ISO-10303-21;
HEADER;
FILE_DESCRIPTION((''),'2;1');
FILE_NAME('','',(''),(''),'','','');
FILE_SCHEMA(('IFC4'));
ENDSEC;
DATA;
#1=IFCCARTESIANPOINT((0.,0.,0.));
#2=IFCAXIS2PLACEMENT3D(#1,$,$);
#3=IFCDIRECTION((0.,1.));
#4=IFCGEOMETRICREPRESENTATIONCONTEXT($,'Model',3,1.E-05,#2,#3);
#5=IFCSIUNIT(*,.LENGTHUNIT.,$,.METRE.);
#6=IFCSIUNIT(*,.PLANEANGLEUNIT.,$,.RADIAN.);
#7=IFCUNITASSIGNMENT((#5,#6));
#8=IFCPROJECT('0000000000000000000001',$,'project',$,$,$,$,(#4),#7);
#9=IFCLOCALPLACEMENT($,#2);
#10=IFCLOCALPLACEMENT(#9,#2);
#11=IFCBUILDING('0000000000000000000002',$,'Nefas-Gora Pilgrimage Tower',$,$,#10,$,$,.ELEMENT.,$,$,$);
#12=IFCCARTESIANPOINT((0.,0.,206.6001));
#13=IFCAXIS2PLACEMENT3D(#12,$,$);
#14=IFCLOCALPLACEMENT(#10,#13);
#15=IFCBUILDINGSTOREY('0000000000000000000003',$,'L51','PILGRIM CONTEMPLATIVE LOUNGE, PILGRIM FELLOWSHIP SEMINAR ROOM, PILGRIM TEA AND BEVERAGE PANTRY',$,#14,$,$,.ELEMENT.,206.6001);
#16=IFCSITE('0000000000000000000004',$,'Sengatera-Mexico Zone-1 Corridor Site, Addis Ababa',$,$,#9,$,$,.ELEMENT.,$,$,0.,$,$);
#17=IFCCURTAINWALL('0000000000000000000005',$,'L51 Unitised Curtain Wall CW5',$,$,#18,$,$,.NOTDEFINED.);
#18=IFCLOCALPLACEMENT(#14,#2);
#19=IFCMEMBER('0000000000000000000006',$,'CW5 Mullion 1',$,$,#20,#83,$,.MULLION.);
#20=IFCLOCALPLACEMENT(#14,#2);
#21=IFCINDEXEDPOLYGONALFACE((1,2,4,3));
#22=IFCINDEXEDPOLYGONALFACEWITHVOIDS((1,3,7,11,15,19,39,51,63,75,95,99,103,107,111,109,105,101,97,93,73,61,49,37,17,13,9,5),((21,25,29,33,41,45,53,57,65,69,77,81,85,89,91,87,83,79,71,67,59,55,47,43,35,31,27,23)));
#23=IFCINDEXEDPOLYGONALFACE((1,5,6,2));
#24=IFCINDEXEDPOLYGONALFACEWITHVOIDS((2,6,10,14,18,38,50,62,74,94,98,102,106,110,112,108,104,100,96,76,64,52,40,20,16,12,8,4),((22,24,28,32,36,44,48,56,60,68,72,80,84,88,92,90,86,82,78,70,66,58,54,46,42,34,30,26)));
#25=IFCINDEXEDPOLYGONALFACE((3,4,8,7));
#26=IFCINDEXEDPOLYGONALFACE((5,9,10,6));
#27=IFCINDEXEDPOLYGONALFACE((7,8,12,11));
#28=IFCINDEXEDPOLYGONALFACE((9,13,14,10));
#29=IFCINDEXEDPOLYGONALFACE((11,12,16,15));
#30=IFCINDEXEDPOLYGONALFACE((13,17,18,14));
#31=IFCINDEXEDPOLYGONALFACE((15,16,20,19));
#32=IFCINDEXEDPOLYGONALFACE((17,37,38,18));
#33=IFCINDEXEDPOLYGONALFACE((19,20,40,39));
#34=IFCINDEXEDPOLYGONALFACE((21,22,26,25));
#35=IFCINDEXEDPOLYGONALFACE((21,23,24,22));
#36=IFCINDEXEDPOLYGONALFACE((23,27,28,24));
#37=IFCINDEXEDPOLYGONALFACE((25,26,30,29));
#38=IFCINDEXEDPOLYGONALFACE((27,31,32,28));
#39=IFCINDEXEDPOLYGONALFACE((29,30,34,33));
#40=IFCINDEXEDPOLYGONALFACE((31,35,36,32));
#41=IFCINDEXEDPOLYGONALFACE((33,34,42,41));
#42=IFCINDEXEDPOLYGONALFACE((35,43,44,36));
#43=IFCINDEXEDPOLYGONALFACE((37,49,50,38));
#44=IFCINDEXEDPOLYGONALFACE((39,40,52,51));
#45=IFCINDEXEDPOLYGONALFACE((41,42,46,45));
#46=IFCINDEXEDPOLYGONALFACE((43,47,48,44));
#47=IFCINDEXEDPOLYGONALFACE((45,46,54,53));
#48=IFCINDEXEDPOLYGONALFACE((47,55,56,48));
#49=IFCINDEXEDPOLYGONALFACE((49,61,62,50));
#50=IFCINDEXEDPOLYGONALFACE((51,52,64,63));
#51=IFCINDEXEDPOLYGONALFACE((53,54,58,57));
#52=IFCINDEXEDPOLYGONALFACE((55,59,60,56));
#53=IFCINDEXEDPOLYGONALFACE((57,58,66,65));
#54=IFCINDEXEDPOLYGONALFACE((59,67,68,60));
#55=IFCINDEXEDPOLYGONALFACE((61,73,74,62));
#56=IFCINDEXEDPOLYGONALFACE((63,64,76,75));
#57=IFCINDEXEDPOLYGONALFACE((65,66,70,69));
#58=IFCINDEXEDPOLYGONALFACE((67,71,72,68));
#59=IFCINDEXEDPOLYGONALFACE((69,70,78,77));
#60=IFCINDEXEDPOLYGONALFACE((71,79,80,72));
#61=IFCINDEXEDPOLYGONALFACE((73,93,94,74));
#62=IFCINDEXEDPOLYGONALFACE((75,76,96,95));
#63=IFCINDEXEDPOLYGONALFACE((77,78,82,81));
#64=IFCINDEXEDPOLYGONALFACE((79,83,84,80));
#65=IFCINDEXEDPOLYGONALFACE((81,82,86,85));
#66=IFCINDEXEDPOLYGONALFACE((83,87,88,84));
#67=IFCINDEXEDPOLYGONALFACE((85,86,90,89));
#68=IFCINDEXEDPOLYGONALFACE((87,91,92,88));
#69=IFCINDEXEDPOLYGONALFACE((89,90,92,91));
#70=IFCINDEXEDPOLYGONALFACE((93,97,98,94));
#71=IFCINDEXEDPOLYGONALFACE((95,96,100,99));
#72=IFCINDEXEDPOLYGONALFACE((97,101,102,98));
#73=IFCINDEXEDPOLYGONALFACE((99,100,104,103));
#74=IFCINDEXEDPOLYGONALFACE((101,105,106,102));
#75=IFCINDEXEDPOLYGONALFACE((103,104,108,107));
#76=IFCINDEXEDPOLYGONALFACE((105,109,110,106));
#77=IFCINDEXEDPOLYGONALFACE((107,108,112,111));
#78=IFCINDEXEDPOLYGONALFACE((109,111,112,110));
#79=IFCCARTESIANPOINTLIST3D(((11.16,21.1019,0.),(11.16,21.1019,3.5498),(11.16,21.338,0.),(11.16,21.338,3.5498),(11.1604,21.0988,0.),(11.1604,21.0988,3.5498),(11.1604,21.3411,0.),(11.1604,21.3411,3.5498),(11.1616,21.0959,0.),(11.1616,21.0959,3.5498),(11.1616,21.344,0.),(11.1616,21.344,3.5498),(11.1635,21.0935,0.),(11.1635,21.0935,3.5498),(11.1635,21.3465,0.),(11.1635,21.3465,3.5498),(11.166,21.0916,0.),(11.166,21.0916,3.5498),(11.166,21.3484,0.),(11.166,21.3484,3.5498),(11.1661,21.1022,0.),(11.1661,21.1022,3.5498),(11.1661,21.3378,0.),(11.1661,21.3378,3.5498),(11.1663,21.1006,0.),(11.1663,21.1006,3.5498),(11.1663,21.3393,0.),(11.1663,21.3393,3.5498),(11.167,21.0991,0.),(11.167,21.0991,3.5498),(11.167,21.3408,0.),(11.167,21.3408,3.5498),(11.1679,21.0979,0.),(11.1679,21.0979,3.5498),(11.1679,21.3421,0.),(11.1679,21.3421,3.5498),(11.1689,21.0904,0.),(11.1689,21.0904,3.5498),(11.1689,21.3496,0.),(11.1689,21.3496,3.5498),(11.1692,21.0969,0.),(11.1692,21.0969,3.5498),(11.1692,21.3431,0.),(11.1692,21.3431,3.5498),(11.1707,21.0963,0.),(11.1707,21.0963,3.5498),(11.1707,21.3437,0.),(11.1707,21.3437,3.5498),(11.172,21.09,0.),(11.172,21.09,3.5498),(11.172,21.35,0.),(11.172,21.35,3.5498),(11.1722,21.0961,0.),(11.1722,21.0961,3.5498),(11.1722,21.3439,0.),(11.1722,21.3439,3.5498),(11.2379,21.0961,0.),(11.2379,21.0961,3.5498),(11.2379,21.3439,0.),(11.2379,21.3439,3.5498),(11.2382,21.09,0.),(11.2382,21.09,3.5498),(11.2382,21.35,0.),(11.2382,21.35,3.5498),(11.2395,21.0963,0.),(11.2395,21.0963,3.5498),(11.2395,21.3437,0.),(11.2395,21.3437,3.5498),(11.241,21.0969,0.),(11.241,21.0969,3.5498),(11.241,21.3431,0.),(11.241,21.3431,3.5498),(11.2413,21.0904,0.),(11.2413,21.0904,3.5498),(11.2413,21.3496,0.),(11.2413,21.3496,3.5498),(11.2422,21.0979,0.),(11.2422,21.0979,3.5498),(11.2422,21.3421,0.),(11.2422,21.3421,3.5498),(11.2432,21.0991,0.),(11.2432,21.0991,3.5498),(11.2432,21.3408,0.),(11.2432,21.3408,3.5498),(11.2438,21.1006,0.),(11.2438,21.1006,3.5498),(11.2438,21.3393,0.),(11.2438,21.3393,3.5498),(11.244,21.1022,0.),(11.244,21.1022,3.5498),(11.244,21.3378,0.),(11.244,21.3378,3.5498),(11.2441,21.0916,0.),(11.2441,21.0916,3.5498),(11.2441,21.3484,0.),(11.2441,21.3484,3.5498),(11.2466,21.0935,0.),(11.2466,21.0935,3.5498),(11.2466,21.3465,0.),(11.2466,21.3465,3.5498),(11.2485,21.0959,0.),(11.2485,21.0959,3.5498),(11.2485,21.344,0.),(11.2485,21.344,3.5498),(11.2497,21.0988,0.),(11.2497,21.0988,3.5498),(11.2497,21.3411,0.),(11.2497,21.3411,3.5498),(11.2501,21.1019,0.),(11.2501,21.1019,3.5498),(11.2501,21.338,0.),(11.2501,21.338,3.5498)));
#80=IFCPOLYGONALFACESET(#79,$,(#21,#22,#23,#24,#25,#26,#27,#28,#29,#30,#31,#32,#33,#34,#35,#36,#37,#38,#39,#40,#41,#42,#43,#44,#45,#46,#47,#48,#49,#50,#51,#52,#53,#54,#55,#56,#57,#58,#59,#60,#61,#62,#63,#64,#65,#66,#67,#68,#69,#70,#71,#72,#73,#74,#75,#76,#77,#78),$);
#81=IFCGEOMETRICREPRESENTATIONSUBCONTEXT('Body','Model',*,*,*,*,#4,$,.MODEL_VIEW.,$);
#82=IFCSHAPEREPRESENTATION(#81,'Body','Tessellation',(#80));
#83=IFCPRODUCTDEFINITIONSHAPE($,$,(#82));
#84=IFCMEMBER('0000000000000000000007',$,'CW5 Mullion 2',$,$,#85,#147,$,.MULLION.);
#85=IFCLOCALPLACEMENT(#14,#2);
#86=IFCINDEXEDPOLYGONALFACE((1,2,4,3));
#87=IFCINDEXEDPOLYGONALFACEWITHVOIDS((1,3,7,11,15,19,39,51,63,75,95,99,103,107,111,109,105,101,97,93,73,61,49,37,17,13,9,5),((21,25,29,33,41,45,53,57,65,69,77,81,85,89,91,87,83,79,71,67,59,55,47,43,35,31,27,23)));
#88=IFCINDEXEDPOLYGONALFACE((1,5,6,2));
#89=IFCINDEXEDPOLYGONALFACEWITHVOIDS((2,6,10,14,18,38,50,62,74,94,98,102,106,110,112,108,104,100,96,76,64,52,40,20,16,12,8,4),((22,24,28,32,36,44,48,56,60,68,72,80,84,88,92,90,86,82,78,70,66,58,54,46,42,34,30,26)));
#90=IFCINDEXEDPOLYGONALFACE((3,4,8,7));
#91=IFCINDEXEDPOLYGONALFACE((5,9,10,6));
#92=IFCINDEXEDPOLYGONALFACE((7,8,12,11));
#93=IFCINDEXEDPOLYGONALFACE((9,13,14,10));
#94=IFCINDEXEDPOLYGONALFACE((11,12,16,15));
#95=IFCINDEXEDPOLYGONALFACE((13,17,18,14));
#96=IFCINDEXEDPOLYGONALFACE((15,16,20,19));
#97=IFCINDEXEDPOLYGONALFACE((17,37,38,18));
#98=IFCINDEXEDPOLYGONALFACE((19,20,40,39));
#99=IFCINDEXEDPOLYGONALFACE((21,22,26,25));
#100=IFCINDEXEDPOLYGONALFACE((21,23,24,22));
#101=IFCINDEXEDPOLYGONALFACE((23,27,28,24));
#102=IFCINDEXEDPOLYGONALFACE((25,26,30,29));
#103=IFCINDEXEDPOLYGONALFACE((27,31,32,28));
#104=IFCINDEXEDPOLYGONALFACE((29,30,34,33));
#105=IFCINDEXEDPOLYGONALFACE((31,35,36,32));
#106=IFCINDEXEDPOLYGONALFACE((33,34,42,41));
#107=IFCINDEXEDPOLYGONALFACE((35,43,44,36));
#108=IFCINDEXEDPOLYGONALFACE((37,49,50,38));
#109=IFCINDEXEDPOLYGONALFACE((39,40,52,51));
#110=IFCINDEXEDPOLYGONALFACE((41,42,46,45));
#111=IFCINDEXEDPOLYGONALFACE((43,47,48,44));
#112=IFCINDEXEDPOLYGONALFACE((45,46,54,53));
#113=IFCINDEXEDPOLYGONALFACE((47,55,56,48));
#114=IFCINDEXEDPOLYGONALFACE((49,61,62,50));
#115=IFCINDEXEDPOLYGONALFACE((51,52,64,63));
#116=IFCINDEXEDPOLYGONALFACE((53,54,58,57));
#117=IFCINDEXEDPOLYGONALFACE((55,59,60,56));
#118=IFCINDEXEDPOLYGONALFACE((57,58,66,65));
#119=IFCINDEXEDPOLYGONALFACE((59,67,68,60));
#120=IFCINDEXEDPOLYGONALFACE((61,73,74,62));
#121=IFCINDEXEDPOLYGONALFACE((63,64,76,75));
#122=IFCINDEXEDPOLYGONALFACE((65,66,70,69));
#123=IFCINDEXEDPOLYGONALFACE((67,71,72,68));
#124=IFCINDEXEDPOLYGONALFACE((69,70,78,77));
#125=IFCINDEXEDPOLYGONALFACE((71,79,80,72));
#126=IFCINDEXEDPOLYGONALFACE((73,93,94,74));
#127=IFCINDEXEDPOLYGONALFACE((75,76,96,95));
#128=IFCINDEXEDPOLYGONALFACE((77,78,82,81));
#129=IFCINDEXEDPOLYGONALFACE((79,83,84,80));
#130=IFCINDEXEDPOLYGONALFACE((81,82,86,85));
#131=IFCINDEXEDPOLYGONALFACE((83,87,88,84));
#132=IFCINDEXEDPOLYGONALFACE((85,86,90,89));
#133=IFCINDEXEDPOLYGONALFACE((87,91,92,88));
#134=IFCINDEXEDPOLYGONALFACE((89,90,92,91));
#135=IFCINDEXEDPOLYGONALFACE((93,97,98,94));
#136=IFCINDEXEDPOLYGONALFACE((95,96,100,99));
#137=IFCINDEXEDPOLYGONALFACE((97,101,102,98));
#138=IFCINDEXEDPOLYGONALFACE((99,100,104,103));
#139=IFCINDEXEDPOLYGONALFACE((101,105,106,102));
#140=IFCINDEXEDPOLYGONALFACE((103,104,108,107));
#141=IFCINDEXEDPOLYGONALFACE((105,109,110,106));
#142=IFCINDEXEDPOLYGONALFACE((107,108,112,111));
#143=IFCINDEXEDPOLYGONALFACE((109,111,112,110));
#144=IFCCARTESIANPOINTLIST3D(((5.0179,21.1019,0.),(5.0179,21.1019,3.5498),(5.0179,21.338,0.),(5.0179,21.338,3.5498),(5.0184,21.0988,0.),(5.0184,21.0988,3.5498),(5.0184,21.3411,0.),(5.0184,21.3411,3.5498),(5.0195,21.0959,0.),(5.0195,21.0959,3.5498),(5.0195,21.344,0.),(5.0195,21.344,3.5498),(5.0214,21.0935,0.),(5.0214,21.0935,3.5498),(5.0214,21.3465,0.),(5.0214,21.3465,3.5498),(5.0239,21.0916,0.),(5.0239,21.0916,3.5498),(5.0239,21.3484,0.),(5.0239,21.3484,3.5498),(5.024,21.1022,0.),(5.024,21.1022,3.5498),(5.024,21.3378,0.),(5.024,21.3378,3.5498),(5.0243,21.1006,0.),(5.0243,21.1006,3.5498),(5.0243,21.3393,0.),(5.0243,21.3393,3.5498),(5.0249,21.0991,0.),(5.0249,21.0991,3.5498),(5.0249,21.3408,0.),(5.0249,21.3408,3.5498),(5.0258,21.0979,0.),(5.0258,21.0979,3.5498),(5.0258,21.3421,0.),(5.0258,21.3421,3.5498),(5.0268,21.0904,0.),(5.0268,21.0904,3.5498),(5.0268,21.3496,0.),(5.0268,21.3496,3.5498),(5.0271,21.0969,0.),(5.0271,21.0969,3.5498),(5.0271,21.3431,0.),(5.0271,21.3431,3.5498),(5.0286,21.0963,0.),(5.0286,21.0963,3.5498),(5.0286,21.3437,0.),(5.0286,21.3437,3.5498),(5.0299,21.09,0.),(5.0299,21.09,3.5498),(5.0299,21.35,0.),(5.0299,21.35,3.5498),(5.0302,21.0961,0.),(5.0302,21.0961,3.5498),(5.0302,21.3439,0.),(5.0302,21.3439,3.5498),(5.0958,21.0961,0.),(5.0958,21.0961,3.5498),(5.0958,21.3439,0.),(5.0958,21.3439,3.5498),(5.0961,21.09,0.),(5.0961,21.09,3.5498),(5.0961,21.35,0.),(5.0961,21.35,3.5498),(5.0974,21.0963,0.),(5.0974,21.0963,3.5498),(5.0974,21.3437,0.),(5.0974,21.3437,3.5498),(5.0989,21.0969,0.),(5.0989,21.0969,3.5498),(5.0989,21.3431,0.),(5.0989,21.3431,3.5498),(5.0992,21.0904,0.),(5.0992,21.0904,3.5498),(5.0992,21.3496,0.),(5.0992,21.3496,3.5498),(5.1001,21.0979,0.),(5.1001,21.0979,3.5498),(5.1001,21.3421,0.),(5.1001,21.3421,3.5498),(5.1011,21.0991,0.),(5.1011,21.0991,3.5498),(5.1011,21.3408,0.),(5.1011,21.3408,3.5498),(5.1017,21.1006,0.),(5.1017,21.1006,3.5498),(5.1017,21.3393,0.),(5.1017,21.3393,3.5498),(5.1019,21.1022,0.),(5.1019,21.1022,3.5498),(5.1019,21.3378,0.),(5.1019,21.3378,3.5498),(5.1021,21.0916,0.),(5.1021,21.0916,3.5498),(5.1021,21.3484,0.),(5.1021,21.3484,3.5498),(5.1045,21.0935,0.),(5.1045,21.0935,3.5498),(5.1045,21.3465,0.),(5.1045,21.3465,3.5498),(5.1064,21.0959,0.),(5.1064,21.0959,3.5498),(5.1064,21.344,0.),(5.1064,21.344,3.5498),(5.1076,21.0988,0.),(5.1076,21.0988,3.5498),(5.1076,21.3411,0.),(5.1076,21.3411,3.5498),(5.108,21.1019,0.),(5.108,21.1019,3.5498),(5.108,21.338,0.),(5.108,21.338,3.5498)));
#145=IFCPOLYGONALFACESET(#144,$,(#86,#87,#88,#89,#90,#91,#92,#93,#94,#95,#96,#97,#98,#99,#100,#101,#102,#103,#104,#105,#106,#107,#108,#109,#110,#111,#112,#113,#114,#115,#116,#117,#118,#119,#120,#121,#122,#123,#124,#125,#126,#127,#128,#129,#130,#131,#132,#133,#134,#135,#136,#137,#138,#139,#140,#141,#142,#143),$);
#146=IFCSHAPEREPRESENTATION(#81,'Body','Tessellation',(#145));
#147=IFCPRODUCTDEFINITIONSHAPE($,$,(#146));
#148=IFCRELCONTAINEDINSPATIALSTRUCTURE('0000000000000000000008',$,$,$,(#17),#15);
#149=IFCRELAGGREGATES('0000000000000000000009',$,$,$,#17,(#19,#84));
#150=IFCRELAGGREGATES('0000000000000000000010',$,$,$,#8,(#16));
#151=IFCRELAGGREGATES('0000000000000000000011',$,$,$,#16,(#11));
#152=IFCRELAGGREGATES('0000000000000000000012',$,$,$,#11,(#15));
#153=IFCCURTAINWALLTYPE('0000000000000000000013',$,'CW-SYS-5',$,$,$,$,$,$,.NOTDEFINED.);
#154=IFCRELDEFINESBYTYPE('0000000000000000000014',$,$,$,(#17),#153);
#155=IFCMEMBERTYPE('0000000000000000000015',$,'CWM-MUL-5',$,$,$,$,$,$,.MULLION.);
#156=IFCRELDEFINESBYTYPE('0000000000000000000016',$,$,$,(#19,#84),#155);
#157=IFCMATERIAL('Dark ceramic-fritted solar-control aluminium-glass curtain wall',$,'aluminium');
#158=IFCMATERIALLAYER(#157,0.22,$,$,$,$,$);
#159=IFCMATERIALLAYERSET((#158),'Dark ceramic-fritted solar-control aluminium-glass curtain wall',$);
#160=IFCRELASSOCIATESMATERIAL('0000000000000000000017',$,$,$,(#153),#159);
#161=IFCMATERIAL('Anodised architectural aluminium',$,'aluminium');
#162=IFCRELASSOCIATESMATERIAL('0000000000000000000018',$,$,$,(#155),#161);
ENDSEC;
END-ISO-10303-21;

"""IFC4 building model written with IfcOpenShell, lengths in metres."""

from ifc_helpers import new_model, si_unit, direction, frame, origin, origin_2d, place, context, subcontext, project, spatial, hollow_rectangle, extrude, source, transform, mapped, material, layer, layer_set, material_profile, profile_set, type_object, element, aggregate, save


model = new_model("IFC4")

# Units and contexts
model_context = context("Model", 3, precision=1e-05, world=origin(), true_north=direction((0.0, 1.0)))
body_context = subcontext(model_context, "Body", "Model", "MODEL_VIEW")
ifc_project = project(units=[si_unit("LENGTHUNIT", "METRE"), si_unit("PLANEANGLEUNIT", "RADIAN")], contexts=[model_context])

# Site, building, storey
site_placement = place(None, origin())
site = spatial("IfcSite", under=ifc_project, at=site_placement, Name="Sengatera-Mexico Zone-1 Corridor Site, Addis Ababa", CompositionType="ELEMENT", RefElevation=0.0)
building_placement = place(site_placement, origin())
building = spatial("IfcBuilding", under=site, at=building_placement, Name="Nefas-Gora Pilgrimage Tower", CompositionType="ELEMENT")
storey_placement = place(building_placement, frame((0.0, 0.0, 206.6001)))
storey = spatial("IfcBuildingStorey", under=building, at=storey_placement, Name="L51", Description="PILGRIM CONTEMPLATIVE LOUNGE, PILGRIM FELLOWSHIP SEMINAR ROOM, PILGRIM TEA AND BEVERAGE PANTRY", CompositionType="ELEMENT", Elevation=206.6001)

# Curtain wall
ifc_material_1 = material(Name="Dark ceramic-fritted solar-control aluminium-glass curtain wall", Category="aluminium")
ifc_layer_1 = layer(ifc_material_1, 0.22)
ifc_layer_set_1 = layer_set([ifc_layer_1], Name="Dark ceramic-fritted solar-control aluminium-glass curtain wall")
curtain_wall_type_1 = type_object("IfcCurtainWallType", Name="CW-SYS-5", PredefinedType="NOTDEFINED", material=ifc_layer_set_1)
curtain_wall_1_placement = place(storey_placement, origin())
curtain_wall_1 = element("IfcCurtainWall", 1, at=curtain_wall_1_placement, inside=storey, type_object=curtain_wall_type_1, Name="L51 Unitised Curtain Wall CW5", PredefinedType="NOTDEFINED")
ifc_material_2 = material(Name="Anodised architectural aluminium", Category="aluminium")

# Members
ifc_material_profile_1 = material_profile(ifc_material_2, hollow_rectangle(XDim=0.0901, YDim=0.26, WallThickness=0.0061, InnerFilletRadius=0.0061, OuterFilletRadius=0.012, at=origin_2d()), Name="ALU MULLION 90x260")
ifc_profile_set_1 = profile_set([ifc_material_profile_1], Name="Anodised architectural aluminium")
member_type_1 = type_object("IfcMemberType", Name="CWM-MUL-5", PredefinedType="MULLION", material=ifc_profile_set_1)
shared_shape_1 = source(origin(), body_context, "Body", "SweptSolid", [
    extrude(hollow_rectangle(XDim=0.0901, YDim=0.26, WallThickness=0.0061, InnerFilletRadius=0.0061, OuterFilletRadius=0.012, at=origin_2d()), origin(), (0.0, 0.0, 1.0), 3.5498),
])
member_1_placement = place(storey_placement, frame((11.2051, 21.22, 0.0), z_axis=(0.0, 0.0, 1.0), x_axis=(-1.0, 0.0, 0.0)))
member_1 = element("IfcMember", 2, at=member_1_placement, type_object=member_type_1, Name="CW5 Mullion 1", PredefinedType="MULLION", context=body_context, shape_type="MappedRepresentation", body=[
    mapped(shared_shape_1, transform((0.0, 0.0, 0.0), x_axis=(1.0, 0.0, 0.0), y_axis=(0.0, 1.0, 0.0), z_axis=(0.0, 0.0, 1.0), scale=1.0)),
])
member_2_placement = place(storey_placement, frame((5.063, 21.22, 0.0), z_axis=(0.0, 0.0, 1.0), x_axis=(-1.0, 0.0, 0.0)))
member_2 = element("IfcMember", 3, at=member_2_placement, type_object=member_type_1, Name="CW5 Mullion 2", PredefinedType="MULLION", context=body_context, shape_type="MappedRepresentation", body=[
    mapped(shared_shape_1, transform((0.0, 0.0, 0.0), x_axis=(1.0, 0.0, 0.0), y_axis=(0.0, 1.0, 0.0), z_axis=(0.0, 0.0, 1.0), scale=1.0)),
])

aggregate(curtain_wall_1, [member_1, member_2])

save(model, "model.ifc")
